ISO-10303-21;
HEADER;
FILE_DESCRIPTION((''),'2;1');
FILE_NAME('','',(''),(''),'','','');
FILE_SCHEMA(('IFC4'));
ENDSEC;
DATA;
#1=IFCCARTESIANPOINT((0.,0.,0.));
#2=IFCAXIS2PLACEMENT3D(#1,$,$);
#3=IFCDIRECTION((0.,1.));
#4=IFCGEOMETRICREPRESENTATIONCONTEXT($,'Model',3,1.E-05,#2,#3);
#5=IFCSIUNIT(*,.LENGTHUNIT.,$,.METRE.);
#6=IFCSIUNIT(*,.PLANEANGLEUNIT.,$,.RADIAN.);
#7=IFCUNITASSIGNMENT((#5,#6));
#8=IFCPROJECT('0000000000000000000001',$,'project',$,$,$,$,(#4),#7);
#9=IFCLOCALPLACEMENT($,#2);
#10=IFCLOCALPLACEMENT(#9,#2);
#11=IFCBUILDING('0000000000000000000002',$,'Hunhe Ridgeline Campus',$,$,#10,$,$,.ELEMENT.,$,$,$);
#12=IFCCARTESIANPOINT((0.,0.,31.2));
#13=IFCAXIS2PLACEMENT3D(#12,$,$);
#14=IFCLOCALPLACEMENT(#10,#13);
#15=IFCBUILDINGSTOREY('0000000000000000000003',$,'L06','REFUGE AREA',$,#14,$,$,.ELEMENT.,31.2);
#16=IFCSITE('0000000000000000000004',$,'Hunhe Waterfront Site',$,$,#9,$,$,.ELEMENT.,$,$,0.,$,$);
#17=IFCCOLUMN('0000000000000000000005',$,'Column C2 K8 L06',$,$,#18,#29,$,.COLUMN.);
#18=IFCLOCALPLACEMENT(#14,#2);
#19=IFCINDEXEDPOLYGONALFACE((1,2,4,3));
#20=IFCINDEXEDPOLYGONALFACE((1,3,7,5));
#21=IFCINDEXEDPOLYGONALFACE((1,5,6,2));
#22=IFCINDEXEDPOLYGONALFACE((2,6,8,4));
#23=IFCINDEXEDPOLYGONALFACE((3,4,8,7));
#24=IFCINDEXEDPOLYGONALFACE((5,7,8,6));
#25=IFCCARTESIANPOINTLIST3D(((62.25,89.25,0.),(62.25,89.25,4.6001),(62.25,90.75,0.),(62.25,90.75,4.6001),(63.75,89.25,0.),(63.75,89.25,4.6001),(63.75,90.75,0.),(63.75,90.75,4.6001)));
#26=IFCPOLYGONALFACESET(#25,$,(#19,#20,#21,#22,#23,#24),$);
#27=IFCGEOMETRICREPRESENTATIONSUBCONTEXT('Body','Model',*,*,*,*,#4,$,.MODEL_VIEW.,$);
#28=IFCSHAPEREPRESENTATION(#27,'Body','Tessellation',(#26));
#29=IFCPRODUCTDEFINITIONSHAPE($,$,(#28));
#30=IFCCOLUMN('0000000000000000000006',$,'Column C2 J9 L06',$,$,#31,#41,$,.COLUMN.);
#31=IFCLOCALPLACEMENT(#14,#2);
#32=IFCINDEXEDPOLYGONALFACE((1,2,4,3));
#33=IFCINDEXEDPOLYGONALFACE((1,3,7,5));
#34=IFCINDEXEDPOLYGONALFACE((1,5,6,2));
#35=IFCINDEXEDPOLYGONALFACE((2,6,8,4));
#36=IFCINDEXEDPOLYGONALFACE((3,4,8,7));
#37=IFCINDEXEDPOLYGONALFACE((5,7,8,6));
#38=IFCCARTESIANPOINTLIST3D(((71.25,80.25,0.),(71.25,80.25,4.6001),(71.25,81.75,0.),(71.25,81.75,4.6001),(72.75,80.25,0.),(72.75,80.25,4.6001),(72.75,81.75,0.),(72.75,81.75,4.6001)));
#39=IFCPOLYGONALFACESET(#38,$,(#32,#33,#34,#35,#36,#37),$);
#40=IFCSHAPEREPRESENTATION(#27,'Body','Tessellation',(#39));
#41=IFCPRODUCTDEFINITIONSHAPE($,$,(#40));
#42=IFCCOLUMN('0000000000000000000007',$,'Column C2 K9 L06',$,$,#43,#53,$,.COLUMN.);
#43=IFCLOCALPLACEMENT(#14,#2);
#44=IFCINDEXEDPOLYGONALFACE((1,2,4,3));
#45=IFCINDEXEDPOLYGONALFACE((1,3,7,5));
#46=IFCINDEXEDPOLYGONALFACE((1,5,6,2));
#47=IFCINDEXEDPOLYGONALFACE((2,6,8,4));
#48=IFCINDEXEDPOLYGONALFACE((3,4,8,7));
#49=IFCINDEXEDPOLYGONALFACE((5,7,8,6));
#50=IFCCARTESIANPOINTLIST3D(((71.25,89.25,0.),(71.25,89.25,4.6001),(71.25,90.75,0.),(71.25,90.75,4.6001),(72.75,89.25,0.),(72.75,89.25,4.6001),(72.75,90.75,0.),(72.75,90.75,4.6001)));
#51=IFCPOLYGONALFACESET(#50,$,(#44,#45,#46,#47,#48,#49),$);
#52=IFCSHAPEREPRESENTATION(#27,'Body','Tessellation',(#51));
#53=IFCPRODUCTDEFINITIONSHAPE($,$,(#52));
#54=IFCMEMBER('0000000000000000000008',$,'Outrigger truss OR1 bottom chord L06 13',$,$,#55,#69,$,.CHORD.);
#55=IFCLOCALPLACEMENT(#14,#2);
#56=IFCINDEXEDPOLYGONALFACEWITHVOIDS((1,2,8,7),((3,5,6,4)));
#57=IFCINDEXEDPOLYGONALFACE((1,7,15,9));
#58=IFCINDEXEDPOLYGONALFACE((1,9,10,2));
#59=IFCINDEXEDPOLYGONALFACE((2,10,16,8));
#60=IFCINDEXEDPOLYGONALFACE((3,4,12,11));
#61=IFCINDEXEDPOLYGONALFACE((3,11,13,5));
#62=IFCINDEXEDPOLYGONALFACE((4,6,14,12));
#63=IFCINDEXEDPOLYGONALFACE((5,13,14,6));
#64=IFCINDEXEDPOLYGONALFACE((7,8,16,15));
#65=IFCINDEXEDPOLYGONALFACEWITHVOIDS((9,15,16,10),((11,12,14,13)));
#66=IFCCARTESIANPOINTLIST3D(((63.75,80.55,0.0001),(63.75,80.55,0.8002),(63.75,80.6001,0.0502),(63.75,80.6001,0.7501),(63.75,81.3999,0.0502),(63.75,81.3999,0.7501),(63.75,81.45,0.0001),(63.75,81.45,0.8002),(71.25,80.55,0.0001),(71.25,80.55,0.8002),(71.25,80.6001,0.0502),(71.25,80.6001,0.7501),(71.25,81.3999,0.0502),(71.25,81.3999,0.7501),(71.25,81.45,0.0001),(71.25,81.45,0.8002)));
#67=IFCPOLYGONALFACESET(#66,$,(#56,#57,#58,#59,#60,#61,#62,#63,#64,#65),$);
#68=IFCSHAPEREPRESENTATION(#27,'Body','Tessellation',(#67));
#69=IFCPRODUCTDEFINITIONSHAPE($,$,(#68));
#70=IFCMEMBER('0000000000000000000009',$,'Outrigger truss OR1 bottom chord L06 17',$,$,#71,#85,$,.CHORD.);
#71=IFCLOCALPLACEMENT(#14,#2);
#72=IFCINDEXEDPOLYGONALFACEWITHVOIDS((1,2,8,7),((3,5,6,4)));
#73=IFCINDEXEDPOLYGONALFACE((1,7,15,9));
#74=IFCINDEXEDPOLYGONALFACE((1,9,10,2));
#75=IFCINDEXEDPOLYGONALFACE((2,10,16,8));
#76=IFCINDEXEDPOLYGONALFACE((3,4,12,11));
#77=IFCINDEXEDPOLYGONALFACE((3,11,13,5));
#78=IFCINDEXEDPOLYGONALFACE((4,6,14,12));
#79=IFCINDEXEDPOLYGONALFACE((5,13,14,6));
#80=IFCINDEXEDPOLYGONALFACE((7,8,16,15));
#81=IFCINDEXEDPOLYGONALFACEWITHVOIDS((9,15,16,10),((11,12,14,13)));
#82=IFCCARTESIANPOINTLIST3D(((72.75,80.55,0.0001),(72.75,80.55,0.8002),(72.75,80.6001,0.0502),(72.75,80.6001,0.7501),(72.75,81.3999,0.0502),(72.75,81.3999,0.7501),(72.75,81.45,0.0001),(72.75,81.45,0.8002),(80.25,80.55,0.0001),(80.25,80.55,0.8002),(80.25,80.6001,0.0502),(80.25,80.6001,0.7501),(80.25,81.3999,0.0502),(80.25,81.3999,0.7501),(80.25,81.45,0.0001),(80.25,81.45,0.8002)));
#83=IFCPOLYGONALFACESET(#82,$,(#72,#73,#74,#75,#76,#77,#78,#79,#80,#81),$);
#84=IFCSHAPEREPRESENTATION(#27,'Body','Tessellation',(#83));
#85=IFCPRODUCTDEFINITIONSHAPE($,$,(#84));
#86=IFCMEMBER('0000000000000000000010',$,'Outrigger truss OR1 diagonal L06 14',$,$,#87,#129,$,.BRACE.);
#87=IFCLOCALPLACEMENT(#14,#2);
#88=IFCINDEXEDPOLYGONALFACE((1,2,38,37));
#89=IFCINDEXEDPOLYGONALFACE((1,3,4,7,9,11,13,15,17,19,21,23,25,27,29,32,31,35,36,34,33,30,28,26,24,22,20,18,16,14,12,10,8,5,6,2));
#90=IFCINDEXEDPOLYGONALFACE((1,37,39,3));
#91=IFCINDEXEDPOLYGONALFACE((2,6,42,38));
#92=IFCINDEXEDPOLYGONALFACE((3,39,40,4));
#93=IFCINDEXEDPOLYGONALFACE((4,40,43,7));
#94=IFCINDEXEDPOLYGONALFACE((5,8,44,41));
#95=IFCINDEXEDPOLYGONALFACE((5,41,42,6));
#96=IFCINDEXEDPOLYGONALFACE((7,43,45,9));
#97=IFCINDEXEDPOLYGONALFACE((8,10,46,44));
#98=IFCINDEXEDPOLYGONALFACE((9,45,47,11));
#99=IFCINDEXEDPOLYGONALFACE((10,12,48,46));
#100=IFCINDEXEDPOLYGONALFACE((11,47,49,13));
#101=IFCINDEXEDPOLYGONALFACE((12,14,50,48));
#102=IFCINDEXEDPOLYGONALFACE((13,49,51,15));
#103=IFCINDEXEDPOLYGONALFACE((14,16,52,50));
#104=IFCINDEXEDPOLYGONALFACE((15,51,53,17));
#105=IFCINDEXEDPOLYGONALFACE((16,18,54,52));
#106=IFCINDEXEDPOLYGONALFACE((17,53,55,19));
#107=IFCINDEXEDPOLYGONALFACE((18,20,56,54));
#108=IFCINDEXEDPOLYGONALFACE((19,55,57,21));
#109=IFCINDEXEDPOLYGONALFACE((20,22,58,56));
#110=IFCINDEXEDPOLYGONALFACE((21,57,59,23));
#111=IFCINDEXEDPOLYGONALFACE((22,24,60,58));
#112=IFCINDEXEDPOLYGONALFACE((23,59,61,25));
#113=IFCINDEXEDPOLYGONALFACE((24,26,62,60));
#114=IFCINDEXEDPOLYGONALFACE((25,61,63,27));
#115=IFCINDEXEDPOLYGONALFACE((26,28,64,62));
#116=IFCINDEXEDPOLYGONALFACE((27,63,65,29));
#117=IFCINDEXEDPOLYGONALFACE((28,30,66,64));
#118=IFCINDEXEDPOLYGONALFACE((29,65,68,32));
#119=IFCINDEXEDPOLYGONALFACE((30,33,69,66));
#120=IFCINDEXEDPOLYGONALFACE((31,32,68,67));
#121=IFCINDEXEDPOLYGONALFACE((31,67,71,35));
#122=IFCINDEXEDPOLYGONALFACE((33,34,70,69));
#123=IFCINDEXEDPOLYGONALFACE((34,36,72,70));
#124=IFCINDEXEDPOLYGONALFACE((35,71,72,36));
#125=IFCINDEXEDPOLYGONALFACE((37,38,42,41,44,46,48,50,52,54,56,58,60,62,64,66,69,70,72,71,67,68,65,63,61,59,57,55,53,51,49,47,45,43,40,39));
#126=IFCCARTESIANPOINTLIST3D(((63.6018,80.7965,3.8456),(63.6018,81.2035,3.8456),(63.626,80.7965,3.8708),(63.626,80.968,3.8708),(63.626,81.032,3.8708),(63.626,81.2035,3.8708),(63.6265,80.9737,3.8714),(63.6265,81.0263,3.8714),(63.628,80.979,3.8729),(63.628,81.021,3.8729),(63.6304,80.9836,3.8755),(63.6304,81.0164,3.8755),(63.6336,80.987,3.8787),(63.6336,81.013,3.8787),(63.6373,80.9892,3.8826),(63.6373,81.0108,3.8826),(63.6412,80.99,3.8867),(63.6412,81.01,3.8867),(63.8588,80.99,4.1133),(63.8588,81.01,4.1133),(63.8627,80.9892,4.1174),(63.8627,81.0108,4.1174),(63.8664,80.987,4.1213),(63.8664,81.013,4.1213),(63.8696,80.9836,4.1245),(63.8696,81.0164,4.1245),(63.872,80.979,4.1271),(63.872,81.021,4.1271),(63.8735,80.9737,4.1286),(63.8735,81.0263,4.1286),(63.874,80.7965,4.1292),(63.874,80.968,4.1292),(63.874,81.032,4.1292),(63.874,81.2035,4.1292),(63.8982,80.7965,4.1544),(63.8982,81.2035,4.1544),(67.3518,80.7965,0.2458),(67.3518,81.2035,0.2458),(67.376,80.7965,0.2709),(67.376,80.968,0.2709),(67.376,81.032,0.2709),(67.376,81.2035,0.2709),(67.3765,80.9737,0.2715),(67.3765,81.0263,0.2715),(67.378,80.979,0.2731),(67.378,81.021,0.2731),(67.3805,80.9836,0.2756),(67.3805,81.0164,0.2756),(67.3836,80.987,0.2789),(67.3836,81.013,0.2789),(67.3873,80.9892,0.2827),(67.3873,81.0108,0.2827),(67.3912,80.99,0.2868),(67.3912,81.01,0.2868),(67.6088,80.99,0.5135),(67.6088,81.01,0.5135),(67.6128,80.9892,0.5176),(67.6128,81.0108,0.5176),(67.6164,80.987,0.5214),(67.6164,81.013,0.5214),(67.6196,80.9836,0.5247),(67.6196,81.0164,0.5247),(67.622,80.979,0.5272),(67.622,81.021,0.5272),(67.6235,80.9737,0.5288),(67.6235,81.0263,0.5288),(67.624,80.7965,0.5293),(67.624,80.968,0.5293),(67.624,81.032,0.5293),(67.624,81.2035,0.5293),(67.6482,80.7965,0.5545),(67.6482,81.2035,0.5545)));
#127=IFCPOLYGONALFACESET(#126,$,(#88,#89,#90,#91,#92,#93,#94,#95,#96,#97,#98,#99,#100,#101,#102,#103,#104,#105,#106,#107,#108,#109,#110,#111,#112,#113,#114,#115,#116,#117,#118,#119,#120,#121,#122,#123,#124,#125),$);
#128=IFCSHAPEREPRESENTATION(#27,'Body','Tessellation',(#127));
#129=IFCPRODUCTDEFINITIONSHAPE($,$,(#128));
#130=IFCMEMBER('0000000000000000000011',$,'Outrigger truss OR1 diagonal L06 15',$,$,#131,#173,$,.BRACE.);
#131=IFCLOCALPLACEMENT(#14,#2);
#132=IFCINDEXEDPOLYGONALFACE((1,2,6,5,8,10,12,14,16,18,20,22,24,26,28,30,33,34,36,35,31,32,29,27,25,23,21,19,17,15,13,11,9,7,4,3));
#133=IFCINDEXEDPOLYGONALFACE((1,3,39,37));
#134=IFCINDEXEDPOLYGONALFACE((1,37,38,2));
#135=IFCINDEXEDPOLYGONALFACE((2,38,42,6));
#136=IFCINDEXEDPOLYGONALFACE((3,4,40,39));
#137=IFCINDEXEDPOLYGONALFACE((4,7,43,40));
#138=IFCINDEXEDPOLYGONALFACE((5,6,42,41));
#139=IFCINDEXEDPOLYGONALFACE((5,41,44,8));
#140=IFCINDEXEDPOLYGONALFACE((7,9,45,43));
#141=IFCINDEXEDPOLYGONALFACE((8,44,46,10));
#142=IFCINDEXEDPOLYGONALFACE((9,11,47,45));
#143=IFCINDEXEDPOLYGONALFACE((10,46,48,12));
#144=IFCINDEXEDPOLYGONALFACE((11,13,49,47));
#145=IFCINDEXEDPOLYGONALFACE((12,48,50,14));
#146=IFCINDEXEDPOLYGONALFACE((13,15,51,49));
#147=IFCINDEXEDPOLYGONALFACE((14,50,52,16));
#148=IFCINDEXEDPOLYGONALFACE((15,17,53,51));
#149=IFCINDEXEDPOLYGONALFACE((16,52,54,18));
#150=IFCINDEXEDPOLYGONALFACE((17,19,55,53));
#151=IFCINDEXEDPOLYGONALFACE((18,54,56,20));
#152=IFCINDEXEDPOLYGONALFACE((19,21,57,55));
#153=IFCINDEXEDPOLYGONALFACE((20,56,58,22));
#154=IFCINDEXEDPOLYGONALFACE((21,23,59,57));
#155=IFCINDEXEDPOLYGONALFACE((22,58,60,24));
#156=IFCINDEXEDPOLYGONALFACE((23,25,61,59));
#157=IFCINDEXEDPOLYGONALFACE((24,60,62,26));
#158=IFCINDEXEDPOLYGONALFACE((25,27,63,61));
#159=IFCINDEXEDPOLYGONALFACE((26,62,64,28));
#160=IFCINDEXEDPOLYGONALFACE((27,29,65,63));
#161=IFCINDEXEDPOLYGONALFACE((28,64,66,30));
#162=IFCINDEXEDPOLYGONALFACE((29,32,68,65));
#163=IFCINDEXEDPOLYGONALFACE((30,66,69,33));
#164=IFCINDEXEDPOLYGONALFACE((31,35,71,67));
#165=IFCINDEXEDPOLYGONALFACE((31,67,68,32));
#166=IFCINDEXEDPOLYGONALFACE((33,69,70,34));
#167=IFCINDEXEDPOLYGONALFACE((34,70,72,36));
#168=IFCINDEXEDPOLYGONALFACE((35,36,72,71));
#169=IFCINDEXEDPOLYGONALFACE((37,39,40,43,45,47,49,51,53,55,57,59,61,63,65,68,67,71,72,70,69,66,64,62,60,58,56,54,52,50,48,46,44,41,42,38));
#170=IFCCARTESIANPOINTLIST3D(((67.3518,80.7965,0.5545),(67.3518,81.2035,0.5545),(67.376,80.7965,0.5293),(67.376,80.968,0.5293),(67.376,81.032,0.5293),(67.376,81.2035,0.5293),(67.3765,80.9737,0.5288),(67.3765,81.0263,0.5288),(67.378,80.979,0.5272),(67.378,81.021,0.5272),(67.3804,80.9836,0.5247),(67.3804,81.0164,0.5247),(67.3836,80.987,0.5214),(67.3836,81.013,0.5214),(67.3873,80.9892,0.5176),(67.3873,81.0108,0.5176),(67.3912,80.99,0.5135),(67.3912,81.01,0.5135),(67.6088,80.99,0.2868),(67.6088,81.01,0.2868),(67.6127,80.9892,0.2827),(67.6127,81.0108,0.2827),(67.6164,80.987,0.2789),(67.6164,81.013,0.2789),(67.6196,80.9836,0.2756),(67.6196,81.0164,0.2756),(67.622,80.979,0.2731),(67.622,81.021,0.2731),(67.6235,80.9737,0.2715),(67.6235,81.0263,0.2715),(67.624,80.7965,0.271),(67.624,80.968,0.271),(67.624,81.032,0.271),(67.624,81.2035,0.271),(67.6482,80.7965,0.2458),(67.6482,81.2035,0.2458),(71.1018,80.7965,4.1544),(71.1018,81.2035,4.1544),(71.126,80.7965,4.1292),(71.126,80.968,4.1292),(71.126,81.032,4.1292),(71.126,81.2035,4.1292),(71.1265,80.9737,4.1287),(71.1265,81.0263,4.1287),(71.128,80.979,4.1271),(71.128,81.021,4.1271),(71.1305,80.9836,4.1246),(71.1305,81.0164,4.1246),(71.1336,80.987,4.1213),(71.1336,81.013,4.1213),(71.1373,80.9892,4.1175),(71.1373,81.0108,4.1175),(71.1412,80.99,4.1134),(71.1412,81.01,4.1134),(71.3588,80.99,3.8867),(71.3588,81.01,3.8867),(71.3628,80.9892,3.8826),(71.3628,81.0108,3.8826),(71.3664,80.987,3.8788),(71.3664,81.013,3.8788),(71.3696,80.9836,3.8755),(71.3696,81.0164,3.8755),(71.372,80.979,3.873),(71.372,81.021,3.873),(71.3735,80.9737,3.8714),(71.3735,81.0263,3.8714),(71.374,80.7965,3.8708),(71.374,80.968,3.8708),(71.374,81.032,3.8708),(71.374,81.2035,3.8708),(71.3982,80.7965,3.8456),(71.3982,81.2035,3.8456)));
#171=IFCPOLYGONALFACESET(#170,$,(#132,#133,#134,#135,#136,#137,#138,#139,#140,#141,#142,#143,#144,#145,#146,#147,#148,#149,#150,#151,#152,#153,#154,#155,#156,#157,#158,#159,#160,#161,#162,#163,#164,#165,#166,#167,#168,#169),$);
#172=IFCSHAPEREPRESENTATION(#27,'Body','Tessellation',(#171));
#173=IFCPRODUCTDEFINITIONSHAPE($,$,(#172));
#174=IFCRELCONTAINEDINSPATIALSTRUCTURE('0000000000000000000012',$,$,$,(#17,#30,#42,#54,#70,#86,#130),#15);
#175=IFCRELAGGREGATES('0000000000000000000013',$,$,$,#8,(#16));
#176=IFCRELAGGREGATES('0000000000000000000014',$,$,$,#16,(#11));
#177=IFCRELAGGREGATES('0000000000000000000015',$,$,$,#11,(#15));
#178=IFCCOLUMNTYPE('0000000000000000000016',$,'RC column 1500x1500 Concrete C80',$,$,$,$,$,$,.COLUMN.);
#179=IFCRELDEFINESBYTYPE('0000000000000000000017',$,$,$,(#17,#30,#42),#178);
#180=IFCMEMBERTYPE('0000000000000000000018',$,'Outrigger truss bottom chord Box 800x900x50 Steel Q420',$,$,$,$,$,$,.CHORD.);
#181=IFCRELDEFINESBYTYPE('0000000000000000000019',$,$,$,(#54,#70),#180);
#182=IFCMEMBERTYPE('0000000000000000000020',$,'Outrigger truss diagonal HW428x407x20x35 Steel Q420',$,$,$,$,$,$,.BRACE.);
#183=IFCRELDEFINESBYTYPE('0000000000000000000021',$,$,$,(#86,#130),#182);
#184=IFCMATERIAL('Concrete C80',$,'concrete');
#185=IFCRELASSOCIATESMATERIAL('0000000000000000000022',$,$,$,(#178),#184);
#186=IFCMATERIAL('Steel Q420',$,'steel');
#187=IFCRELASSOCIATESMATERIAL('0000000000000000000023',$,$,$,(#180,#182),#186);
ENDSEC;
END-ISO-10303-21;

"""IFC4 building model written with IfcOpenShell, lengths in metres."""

from ifc_helpers import new_model, si_unit, direction, frame, origin, origin_2d, place, context, subcontext, project, spatial, rectangle, hollow_rectangle, i_section, extrude, material, material_profile, profile_set, type_object, element, save


model = new_model("IFC4")

# Units and contexts
model_context = context("Model", 3, precision=1e-05, world=origin(), true_north=direction((0.0, 1.0)))
body_context = subcontext(model_context, "Body", "Model", "MODEL_VIEW")
ifc_project = project(units=[si_unit("LENGTHUNIT", "METRE"), si_unit("PLANEANGLEUNIT", "RADIAN")], contexts=[model_context])

# Site, building, storey
site_placement = place(None, origin())
site = spatial("IfcSite", under=ifc_project, at=site_placement, Name="Hunhe Waterfront Site", CompositionType="ELEMENT", RefElevation=0.0)
building_placement = place(site_placement, origin())
building = spatial("IfcBuilding", under=site, at=building_placement, Name="Hunhe Ridgeline Campus", CompositionType="ELEMENT")
storey_placement = place(building_placement, frame((0.0, 0.0, 31.2)))
storey = spatial("IfcBuildingStorey", under=building, at=storey_placement, Name="L06", Description="REFUGE AREA", CompositionType="ELEMENT", Elevation=31.2)

# Columns
ifc_material_1 = material(Name="Concrete C80", Category="concrete")
ifc_material_profile_1 = material_profile(ifc_material_1, rectangle(XDim=1.5, YDim=1.5, at=origin_2d()))
ifc_profile_set_1 = profile_set([ifc_material_profile_1], Name="Concrete C80")
column_type = type_object("IfcColumnType", Name="RC column 1500x1500 Concrete C80", PredefinedType="COLUMN", material=ifc_profile_set_1)
for number, where, z_axis, x_axis, name in (
    (1, (63.0, 90.0, 0.0), (0.0, 0.0, 1.0), (1.0, 0.0, 0.0), "Column C2 K8 L06"),
    (2, (72.0, 81.0, 0.0), (0.0, 0.0, 1.0), (1.0, 0.0, 0.0), "Column C2 J9 L06"),
    (3, (72.0, 90.0, 0.0), (0.0, 0.0, 1.0), (1.0, 0.0, 0.0), "Column C2 K9 L06"),
):
    element("IfcColumn", number, at=place(storey_placement, frame(where, z_axis=z_axis, x_axis=x_axis)), inside=storey, type_object=column_type, Name=name, PredefinedType="COLUMN", context=body_context, shape_type="SweptSolid", body=[
        extrude(rectangle(XDim=1.5, YDim=1.5, at=origin_2d()), origin(), (0.0, 0.0, 1.0), 4.6001),
    ])

# Members
ifc_material_2 = material(Name="Steel Q420", Category="steel")
ifc_material_profile_2 = material_profile(ifc_material_2, hollow_rectangle(XDim=0.8999, YDim=0.8, WallThickness=0.05, at=origin_2d()))
ifc_profile_set_2 = profile_set([ifc_material_profile_2], Name="Steel Q420")
member_type_1 = type_object("IfcMemberType", Name="Outrigger truss bottom chord Box 800x900x50 Steel Q420", PredefinedType="CHORD", material=ifc_profile_set_2)
for number, where, z_axis, x_axis, name in (
    (4, (63.75, 81.0, 0.4001), (1.0, 0.0, 0.0), (0.0, 1.0, 0.0), "Outrigger truss OR1 bottom chord L06 13"),
    (5, (72.75, 81.0, 0.4001), (1.0, 0.0, 0.0), (0.0, 1.0, 0.0), "Outrigger truss OR1 bottom chord L06 17"),
):
    element("IfcMember", number, at=place(storey_placement, frame(where, z_axis=z_axis, x_axis=x_axis)), inside=storey, type_object=member_type_1, Name=name, PredefinedType="CHORD", context=body_context, shape_type="SweptSolid", body=[
        extrude(hollow_rectangle(XDim=0.8999, YDim=0.8, WallThickness=0.05, at=origin_2d()), origin(), (0.0, 0.0, 1.0), 7.5),
    ])
ifc_material_profile_3 = material_profile(ifc_material_2, i_section(OverallWidth=0.407, OverallDepth=0.428, WebThickness=0.02, FlangeThickness=0.0349, FilletRadius=0.022, at=origin_2d()))
ifc_profile_set_3 = profile_set([ifc_material_profile_3], Name="Steel Q420")
member_type_2 = type_object("IfcMemberType", Name="Outrigger truss diagonal HW428x407x20x35 Steel Q420", PredefinedType="BRACE", material=ifc_profile_set_3)
for number, where, z_axis, x_axis, name in (
    (6, (63.75, 81.0, 4.0), (0.721401, 0.0, -0.692517), (0.0, 1.0, 0.0), "Outrigger truss OR1 diagonal L06 14"),
    (7, (67.5, 81.0, 0.4001), (0.721401, 0.0, 0.692517), (0.0, 1.0, 0.0), "Outrigger truss OR1 diagonal L06 15"),
):
    element("IfcMember", number, at=place(storey_placement, frame(where, z_axis=z_axis, x_axis=x_axis)), inside=storey, type_object=member_type_2, Name=name, PredefinedType="BRACE", context=body_context, shape_type="SweptSolid", body=[
        extrude(i_section(OverallWidth=0.407, OverallDepth=0.428, WebThickness=0.02, FlangeThickness=0.0349, FilletRadius=0.022, at=origin_2d()), origin(), (0.0, 0.0, 1.0), 5.1982),
    ])

save(model, "model.ifc")
